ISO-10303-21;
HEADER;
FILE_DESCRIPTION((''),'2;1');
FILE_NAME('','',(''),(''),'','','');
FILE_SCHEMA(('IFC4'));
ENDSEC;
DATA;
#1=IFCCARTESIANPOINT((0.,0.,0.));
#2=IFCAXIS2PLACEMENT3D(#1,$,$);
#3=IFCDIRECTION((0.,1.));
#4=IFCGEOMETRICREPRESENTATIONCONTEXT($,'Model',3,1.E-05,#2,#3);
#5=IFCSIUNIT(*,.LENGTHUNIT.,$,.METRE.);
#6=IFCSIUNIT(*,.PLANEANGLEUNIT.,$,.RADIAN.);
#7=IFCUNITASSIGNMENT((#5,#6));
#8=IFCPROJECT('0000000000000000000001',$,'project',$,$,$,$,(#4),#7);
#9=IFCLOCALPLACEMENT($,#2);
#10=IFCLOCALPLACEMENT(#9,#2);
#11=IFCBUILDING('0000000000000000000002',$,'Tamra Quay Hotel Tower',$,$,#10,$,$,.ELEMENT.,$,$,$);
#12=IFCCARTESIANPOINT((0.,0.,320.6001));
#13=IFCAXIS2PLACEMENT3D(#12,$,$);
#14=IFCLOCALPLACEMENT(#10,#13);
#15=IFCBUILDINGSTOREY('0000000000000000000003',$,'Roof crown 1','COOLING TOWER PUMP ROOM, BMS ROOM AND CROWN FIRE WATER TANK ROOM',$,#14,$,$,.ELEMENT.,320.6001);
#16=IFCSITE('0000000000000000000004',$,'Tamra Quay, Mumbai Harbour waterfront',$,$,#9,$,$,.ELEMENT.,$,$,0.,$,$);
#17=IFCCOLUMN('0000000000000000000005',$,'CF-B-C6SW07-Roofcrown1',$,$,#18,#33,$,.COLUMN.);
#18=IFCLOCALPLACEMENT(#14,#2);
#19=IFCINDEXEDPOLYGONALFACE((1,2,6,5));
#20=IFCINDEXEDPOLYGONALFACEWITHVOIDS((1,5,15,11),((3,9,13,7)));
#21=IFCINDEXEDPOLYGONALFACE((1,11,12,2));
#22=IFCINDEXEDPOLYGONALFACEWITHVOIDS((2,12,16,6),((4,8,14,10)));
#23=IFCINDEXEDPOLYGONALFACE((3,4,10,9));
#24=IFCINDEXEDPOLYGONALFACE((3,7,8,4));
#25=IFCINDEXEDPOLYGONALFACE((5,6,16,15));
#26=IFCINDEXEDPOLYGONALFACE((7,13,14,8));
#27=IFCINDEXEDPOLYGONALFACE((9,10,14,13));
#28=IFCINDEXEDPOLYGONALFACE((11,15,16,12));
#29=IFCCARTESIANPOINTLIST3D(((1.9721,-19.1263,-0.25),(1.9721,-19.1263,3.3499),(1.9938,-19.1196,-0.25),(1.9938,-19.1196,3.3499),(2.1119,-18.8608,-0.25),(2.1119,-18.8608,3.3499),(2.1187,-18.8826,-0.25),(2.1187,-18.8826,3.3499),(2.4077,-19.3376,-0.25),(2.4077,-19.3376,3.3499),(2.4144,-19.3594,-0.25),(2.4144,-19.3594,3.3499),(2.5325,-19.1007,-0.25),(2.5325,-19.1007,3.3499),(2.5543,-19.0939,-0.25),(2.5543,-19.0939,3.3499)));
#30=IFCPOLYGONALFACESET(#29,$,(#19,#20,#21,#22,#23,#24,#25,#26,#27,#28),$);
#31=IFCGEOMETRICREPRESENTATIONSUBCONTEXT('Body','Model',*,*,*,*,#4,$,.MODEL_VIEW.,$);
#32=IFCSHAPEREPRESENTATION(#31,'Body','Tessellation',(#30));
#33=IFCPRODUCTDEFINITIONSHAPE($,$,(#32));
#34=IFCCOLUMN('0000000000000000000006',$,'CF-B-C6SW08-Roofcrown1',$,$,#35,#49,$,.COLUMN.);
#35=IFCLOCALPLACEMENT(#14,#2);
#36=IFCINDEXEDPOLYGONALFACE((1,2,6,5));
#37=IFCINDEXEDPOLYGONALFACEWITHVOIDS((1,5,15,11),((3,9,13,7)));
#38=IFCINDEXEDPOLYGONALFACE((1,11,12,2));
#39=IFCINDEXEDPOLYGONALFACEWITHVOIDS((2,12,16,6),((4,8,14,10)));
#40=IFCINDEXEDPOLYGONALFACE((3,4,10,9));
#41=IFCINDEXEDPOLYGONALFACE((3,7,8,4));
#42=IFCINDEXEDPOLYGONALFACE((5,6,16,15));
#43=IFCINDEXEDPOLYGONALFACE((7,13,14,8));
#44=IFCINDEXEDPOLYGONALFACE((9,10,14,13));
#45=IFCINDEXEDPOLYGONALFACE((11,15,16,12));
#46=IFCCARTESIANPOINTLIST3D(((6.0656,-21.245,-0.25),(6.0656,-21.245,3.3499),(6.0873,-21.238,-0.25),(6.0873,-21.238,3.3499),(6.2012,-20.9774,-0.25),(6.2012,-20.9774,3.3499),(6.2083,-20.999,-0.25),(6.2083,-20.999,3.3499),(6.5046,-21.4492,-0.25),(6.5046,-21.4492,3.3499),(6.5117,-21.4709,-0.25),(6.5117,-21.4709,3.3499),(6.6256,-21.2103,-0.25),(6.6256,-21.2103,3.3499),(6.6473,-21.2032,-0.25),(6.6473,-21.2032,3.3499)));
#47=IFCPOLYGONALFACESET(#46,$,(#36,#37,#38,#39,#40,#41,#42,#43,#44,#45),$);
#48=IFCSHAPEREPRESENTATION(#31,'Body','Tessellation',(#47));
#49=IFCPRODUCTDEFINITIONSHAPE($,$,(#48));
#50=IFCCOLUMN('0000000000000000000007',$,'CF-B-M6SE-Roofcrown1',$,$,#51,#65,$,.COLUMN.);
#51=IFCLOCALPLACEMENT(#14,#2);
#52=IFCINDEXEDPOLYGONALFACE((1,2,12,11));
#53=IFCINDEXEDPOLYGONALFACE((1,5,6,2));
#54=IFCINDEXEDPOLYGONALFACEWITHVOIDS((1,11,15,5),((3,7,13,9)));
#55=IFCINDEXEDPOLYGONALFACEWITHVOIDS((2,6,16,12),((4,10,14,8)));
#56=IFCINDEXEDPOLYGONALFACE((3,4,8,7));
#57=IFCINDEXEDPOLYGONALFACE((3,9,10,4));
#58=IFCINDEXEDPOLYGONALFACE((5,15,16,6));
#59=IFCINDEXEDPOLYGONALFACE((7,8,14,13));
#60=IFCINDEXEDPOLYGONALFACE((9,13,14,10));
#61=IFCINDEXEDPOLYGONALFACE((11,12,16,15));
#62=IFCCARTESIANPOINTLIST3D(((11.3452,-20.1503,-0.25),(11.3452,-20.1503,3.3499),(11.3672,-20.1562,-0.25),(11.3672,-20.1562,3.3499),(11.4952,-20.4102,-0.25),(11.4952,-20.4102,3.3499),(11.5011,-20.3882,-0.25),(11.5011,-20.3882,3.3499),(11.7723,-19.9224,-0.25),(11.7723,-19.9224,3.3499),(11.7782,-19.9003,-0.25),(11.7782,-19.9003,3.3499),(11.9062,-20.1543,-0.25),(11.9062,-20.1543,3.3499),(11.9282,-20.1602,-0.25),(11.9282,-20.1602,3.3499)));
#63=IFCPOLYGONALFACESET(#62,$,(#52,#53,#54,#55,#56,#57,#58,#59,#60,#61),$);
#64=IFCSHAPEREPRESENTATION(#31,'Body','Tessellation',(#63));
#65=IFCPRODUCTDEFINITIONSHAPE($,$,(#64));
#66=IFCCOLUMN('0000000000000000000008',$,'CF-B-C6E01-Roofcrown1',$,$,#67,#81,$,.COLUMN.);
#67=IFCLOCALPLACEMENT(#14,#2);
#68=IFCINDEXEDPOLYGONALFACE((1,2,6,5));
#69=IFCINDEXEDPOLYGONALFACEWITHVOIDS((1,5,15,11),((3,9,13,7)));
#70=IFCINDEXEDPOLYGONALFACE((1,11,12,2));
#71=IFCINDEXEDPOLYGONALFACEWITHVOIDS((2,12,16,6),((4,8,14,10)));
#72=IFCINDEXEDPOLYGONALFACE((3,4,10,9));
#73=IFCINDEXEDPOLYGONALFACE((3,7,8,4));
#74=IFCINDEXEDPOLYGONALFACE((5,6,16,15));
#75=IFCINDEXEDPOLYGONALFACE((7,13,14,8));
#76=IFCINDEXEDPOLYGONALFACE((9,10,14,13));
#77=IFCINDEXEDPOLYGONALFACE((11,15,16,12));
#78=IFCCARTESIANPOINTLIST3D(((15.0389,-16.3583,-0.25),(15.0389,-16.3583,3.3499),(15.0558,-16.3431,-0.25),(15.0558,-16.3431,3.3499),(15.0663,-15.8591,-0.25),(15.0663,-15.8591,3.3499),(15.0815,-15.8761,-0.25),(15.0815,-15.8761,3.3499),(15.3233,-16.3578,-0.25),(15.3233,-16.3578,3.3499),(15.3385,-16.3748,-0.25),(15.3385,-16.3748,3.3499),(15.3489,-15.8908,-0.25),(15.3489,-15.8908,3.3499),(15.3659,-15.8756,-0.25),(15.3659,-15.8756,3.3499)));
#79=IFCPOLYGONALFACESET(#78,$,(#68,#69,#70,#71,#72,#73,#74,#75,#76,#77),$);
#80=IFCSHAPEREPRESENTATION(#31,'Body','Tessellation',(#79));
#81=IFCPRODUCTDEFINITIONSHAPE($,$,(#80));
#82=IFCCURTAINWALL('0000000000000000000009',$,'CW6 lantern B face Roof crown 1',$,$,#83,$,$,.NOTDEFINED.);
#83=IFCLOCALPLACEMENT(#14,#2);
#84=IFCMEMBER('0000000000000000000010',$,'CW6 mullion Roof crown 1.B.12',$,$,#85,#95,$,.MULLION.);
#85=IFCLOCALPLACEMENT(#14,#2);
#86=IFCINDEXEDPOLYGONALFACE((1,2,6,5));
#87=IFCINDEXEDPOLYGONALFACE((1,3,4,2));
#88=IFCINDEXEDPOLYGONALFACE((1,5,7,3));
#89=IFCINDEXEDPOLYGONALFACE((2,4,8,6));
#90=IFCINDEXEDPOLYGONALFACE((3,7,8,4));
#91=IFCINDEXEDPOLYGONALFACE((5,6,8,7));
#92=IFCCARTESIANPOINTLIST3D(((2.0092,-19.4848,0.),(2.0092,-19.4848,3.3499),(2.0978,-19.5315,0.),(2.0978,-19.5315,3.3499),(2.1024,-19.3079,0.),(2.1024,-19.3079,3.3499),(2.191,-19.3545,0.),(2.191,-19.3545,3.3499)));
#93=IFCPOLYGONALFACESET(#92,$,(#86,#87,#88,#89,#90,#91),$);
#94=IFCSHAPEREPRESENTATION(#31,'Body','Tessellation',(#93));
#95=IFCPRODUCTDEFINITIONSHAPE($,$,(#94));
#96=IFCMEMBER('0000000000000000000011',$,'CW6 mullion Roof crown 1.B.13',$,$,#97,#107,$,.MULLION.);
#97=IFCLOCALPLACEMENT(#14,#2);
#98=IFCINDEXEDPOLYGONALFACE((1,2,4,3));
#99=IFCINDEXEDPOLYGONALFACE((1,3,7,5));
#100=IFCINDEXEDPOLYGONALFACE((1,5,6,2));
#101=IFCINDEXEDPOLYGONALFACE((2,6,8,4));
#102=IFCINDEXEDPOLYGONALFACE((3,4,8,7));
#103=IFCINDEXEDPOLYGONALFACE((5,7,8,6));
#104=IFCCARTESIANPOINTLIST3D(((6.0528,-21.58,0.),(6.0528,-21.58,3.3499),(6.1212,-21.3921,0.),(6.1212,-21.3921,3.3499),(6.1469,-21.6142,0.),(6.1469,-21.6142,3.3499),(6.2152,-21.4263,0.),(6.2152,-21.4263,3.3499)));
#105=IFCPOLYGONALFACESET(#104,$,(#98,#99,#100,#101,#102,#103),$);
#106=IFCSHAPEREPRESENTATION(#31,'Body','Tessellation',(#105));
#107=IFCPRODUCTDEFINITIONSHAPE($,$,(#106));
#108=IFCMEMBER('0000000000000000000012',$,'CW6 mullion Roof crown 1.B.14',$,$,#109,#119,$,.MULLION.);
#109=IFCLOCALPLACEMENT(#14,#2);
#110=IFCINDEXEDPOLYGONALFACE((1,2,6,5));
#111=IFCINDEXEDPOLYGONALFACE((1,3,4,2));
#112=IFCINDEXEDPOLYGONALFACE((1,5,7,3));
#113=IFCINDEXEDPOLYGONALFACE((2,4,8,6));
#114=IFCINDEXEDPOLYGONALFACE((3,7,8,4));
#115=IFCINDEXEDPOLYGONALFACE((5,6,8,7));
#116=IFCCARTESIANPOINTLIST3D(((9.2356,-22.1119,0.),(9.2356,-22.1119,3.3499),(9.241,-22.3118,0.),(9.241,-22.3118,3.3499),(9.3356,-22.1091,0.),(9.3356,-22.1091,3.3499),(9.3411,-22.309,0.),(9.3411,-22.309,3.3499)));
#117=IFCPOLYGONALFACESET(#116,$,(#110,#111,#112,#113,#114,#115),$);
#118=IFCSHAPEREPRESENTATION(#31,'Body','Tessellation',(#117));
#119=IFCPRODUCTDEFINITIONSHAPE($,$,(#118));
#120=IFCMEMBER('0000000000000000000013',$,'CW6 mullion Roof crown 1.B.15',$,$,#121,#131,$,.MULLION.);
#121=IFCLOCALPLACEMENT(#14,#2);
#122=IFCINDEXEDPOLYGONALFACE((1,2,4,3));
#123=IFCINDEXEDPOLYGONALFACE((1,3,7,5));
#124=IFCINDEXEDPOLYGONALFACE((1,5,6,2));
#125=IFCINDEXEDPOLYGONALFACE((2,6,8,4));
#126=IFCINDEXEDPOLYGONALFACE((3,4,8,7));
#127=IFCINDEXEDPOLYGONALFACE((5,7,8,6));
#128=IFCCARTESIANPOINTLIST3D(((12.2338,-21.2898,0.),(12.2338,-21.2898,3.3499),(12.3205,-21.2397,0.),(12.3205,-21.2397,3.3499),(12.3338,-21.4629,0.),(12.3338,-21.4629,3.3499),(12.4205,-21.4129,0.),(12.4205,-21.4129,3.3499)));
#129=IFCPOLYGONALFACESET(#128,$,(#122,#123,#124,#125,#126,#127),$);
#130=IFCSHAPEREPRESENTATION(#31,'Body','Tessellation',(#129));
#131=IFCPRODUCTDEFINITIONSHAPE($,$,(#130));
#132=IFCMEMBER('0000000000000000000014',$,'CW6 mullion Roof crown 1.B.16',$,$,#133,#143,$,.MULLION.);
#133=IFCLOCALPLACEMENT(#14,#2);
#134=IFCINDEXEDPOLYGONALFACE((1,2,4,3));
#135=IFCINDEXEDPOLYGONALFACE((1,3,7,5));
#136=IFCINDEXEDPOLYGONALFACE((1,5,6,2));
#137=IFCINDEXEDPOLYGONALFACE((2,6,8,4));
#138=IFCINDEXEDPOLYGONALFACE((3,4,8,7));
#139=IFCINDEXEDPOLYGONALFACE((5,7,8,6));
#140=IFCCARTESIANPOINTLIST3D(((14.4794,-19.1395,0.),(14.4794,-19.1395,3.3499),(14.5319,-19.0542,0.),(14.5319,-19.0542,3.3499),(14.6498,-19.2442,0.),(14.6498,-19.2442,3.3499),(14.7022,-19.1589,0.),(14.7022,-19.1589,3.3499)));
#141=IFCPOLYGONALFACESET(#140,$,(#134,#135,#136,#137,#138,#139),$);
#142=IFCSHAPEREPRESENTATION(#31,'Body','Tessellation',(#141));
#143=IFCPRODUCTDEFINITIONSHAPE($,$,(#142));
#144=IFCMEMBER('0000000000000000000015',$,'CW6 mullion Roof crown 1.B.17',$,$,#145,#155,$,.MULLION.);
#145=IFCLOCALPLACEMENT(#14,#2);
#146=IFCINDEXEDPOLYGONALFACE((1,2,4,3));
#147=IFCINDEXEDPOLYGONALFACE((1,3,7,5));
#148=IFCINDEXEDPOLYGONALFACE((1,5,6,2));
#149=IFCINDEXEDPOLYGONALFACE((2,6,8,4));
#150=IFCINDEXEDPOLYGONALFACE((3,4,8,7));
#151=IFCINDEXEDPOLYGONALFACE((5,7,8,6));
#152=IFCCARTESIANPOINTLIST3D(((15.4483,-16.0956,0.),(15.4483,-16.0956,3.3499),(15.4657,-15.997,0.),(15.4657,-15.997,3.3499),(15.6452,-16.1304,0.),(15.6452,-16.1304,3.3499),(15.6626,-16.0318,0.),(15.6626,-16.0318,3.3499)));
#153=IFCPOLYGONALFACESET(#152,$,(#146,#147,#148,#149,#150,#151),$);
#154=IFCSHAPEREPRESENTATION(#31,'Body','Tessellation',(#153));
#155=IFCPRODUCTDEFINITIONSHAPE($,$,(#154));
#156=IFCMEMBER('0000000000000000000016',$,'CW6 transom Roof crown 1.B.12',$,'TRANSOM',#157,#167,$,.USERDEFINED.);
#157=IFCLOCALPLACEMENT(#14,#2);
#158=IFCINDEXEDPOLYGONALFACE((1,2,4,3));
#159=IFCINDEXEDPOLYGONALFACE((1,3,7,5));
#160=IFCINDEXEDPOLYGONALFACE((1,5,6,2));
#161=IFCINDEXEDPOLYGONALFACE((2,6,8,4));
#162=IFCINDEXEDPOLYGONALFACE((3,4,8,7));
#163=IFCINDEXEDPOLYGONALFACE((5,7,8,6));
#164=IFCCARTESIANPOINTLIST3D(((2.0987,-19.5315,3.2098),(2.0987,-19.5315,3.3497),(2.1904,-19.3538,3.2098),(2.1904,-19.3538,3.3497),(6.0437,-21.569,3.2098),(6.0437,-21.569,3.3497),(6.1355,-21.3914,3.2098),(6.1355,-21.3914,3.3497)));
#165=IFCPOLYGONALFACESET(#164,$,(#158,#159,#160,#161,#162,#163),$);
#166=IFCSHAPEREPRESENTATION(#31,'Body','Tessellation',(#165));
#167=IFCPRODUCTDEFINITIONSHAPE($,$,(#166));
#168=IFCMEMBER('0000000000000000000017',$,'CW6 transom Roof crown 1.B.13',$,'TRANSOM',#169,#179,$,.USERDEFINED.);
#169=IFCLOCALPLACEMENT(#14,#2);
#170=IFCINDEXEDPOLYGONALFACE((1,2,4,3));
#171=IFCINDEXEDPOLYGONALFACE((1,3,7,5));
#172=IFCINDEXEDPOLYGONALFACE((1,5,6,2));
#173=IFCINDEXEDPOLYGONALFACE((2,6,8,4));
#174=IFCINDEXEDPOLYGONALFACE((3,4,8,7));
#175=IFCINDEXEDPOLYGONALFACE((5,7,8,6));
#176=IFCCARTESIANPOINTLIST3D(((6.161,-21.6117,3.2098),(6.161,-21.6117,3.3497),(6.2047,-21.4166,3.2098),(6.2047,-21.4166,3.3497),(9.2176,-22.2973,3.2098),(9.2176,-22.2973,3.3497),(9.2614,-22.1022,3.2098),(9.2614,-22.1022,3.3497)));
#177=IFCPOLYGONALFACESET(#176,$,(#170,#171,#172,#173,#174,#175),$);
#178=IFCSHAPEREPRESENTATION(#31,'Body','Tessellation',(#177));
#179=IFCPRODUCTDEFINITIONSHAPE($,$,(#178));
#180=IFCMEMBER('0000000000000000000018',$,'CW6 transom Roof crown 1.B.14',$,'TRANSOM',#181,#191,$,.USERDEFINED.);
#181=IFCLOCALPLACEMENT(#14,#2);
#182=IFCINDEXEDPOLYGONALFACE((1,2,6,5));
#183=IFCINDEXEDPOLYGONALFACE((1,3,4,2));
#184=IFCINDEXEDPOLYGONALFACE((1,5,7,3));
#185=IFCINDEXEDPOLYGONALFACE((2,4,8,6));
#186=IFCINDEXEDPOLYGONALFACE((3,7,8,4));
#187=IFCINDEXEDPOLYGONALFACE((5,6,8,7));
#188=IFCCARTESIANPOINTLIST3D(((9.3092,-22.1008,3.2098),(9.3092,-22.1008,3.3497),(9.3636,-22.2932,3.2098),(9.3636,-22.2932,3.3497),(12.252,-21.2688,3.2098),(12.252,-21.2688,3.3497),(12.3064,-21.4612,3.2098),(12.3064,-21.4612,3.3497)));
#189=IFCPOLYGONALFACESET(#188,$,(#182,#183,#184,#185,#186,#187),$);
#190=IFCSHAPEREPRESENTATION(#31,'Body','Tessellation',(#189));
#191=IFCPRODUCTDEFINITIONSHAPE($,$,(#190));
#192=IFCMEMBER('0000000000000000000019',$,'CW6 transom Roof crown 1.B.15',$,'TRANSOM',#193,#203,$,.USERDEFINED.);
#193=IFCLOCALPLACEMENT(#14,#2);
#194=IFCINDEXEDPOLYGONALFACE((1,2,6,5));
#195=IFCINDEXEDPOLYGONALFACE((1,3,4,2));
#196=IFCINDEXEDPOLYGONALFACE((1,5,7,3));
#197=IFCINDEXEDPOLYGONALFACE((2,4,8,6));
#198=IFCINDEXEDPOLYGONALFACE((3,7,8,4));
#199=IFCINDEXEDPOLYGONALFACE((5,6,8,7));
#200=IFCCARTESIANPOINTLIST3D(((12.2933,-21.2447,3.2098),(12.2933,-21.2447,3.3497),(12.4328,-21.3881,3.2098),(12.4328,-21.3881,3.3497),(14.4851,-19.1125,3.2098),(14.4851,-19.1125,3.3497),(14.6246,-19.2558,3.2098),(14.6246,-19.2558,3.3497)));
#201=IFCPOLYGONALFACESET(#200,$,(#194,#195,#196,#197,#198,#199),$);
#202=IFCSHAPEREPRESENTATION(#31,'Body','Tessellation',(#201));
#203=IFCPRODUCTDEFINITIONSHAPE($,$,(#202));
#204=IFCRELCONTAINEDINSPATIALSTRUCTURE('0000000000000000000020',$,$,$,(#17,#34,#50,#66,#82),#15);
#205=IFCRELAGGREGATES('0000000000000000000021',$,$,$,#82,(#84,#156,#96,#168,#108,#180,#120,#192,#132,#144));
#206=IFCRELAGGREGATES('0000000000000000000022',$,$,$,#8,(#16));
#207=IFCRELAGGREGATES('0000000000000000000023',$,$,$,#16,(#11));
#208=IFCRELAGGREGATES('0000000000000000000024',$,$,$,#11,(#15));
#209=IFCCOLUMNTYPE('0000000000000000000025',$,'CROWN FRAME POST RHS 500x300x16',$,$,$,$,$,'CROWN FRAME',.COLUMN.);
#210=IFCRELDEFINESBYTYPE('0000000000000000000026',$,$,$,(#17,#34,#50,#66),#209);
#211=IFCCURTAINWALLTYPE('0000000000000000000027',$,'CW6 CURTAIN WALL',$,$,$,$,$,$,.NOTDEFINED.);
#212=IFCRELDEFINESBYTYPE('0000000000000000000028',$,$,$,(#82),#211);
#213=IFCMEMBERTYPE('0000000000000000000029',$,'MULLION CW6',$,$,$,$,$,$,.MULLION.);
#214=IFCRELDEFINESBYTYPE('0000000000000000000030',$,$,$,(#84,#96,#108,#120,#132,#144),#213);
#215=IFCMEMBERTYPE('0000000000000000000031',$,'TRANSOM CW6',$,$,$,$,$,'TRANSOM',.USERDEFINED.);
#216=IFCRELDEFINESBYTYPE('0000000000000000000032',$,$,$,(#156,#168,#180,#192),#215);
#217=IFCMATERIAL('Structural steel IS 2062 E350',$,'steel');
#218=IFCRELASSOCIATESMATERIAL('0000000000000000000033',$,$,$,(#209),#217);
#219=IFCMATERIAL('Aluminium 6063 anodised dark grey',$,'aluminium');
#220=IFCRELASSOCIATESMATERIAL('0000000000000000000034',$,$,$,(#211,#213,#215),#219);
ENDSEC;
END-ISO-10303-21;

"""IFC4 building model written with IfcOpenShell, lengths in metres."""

from ifc_helpers import new_model, si_unit, direction, frame, origin, origin_2d, place, context, subcontext, project, spatial, rectangle, hollow_rectangle, extrude, material, material_profile, profile_set, type_object, element, aggregate, save


model = new_model("IFC4")

# Units and contexts
model_context = context("Model", 3, precision=1e-05, world=origin(), true_north=direction((0.0, 1.0)))
body_context = subcontext(model_context, "Body", "Model", "MODEL_VIEW")
ifc_project = project(units=[si_unit("LENGTHUNIT", "METRE"), si_unit("PLANEANGLEUNIT", "RADIAN")], contexts=[model_context])

# Site, building, storey
site_placement = place(None, origin())
site = spatial("IfcSite", under=ifc_project, at=site_placement, Name="Tamra Quay, Mumbai Harbour waterfront", CompositionType="ELEMENT", RefElevation=0.0)
building_placement = place(site_placement, origin())
building = spatial("IfcBuilding", under=site, at=building_placement, Name="Tamra Quay Hotel Tower", CompositionType="ELEMENT")
storey_placement = place(building_placement, frame((0.0, 0.0, 320.6001)))
storey = spatial("IfcBuildingStorey", under=building, at=storey_placement, Name="Roof crown 1", Description="COOLING TOWER PUMP ROOM, BMS ROOM AND CROWN FIRE WATER TANK ROOM", CompositionType="ELEMENT", Elevation=320.6001)

# Columns
ifc_material_1 = material(Name="Structural steel IS 2062 E350", Category="steel")
ifc_material_profile_1 = material_profile(ifc_material_1, hollow_rectangle(XDim=0.3, YDim=0.5, WallThickness=0.0161, at=origin_2d()), Name="RHS 500x300x16")
ifc_profile_set_1 = profile_set([ifc_material_profile_1], Name="Structural steel IS 2062 E350")
column_type = type_object("IfcColumnType", Name="CROWN FRAME POST RHS 500x300x16", ElementType="CROWN FRAME", PredefinedType="COLUMN", material=ifc_profile_set_1)
for number, where, z_axis, x_axis, name in (
    (1, (2.2632, -19.1101, -0.25), (0.0, 0.0, 1.0), (0.466118, 0.884723, 0.0), "CF-B-C6SW07-Roofcrown1"),
    (2, (6.3564, -21.2241, -0.25), (0.0, 0.0, 1.0), (0.451686, 0.892177, 0.0), "CF-B-C6SW08-Roofcrown1"),
    (3, (11.6367, -20.1553, -0.25), (0.0, 0.0, 1.0), (-0.5, 0.866025, 0.0), "CF-B-M6SE-Roofcrown1"),
    (4, (15.2024, -16.1169, -0.25), (0.0, 0.0, 1.0), (-0.998491, 0.054917, 0.0), "CF-B-C6E01-Roofcrown1"),
):
    element("IfcColumn", number, at=place(storey_placement, frame(where, z_axis=z_axis, x_axis=x_axis)), inside=storey, type_object=column_type, Name=name, PredefinedType="COLUMN", context=body_context, shape_type="SweptSolid", body=[
        extrude(hollow_rectangle(XDim=0.3, YDim=0.5, WallThickness=0.0161, at=origin_2d()), origin(), (0.0, 0.0, 1.0), 3.5999),
    ])

# Curtain wall, members
ifc_material_2 = material(Name="Aluminium 6063 anodised dark grey", Category="aluminium")
curtain_wall_type = type_object("IfcCurtainWallType", Name="CW6 CURTAIN WALL", PredefinedType="NOTDEFINED", material=ifc_material_2)
curtain_wall_placement = place(storey_placement, origin())
curtain_wall = element("IfcCurtainWall", 5, at=curtain_wall_placement, inside=storey, type_object=curtain_wall_type, Name="CW6 lantern B face Roof crown 1", PredefinedType="NOTDEFINED")
ifc_material_profile_2 = material_profile(ifc_material_2, rectangle(XDim=0.2, YDim=0.1001, at=origin_2d()), Name="MULLION 100X200")
ifc_profile_set_2 = profile_set([ifc_material_profile_2], Name="Aluminium 6063 anodised dark grey")
member_type_1 = type_object("IfcMemberType", Name="MULLION CW6", PredefinedType="MULLION", material=ifc_profile_set_2)
member_1_placement = place(storey_placement, frame((2.1001, -19.4197, 0.0), z_axis=(0.0, 0.0, 1.0), x_axis=(-0.465816, -0.884882, 0.0)))
member_1 = element("IfcMember", 6, at=member_1_placement, type_object=member_type_1, Name="CW6 mullion Roof crown 1.B.12", PredefinedType="MULLION", context=body_context, shape_type="SweptSolid", body=[
    extrude(rectangle(XDim=0.2, YDim=0.1001, at=origin_2d()), origin(), (0.0, 0.0, 1.0), 3.3499),
])
member_2_placement = place(storey_placement, frame((6.134, -21.5032, 0.0), z_axis=(0.0, 0.0, 1.0), x_axis=(-0.341653, -0.939826, 0.0)))
member_2 = element("IfcMember", 7, at=member_2_placement, type_object=member_type_1, Name="CW6 mullion Roof crown 1.B.13", PredefinedType="MULLION", context=body_context, shape_type="SweptSolid", body=[
    extrude(rectangle(XDim=0.2, YDim=0.1001, at=origin_2d()), origin(), (0.0, 0.0, 1.0), 3.3499),
])
member_3_placement = place(storey_placement, frame((9.2883, -22.2104, 0.0), z_axis=(0.0, 0.0, 1.0), x_axis=(0.027469, -0.999623, 0.0)))
member_3 = element("IfcMember", 8, at=member_3_placement, type_object=member_type_1, Name="CW6 mullion Roof crown 1.B.14", PredefinedType="MULLION", context=body_context, shape_type="SweptSolid", body=[
    extrude(rectangle(XDim=0.2, YDim=0.1001, at=origin_2d()), origin(), (0.0, 0.0, 1.0), 3.3499),
])
member_4_placement = place(storey_placement, frame((12.3271, -21.3513, 0.0), z_axis=(0.0, 0.0, 1.0), x_axis=(0.5, -0.866025, 0.0)))
member_4 = element("IfcMember", 9, at=member_4_placement, type_object=member_type_1, Name="CW6 mullion Roof crown 1.B.15", PredefinedType="MULLION", context=body_context, shape_type="SweptSolid", body=[
    extrude(rectangle(XDim=0.2, YDim=0.1001, at=origin_2d()), origin(), (0.0, 0.0, 1.0), 3.3499),
])
member_5_placement = place(storey_placement, frame((14.5908, -19.1492, 0.0), z_axis=(0.0, 0.0, 1.0), x_axis=(0.851964, -0.5236, 0.0)))
member_5 = element("IfcMember", 10, at=member_5_placement, type_object=member_type_1, Name="CW6 mullion Roof crown 1.B.16", PredefinedType="MULLION", context=body_context, shape_type="SweptSolid", body=[
    extrude(rectangle(XDim=0.2, YDim=0.1001, at=origin_2d()), origin(), (0.0, 0.0, 1.0), 3.3499),
])
member_6_placement = place(storey_placement, frame((15.5554, -16.0637, 0.0), z_axis=(0.0, 0.0, 1.0), x_axis=(0.98474, -0.174032, 0.0)))
member_6 = element("IfcMember", 11, at=member_6_placement, type_object=member_type_1, Name="CW6 mullion Roof crown 1.B.17", PredefinedType="MULLION", context=body_context, shape_type="SweptSolid", body=[
    extrude(rectangle(XDim=0.2, YDim=0.1001, at=origin_2d()), origin(), (0.0, 0.0, 1.0), 3.3499),
])
ifc_material_profile_3 = material_profile(ifc_material_2, rectangle(XDim=0.2, YDim=0.1399, at=origin_2d()), Name="TRANSOM 200X140")
ifc_profile_set_3 = profile_set([ifc_material_profile_3], Name="Aluminium 6063 anodised dark grey")
member_type_2 = type_object("IfcMemberType", Name="TRANSOM CW6", ElementType="TRANSOM", PredefinedType="USERDEFINED", material=ifc_profile_set_3)
member_7_placement = place(storey_placement, frame((2.1445, -19.4426, 3.2798), z_axis=(0.888489, -0.458898, 0.0), x_axis=(0.458898, 0.888489, 0.0)))
member_7 = element("IfcMember", 12, at=member_7_placement, type_object=member_type_2, Name="CW6 transom Roof crown 1.B.12", ObjectType="TRANSOM", PredefinedType="USERDEFINED", context=body_context, shape_type="SweptSolid", body=[
    extrude(rectangle(XDim=0.2, YDim=0.1399, at=origin_2d()), origin(), (0.0, 0.0, 1.0), 4.4402),
])
member_8_placement = place(storey_placement, frame((6.1829, -21.5142, 3.2798), z_axis=(0.97576, -0.218845, 0.0), x_axis=(0.218845, 0.97576, 0.0)))
member_8 = element("IfcMember", 13, at=member_8_placement, type_object=member_type_2, Name="CW6 transom Roof crown 1.B.13", ObjectType="TRANSOM", PredefinedType="USERDEFINED", context=body_context, shape_type="SweptSolid", body=[
    extrude(rectangle(XDim=0.2, YDim=0.1399, at=origin_2d()), origin(), (0.0, 0.0, 1.0), 3.1326),
])
member_9_placement = place(storey_placement, frame((9.3364, -22.197, 3.2798), z_axis=(0.962274, 0.272084, 0.0), x_axis=(-0.272084, 0.962274, 0.0)))
member_9 = element("IfcMember", 14, at=member_9_placement, type_object=member_type_2, Name="CW6 transom Roof crown 1.B.14", ObjectType="TRANSOM", PredefinedType="USERDEFINED", context=body_context, shape_type="SweptSolid", body=[
    extrude(rectangle(XDim=0.2, YDim=0.1399, at=origin_2d()), origin(), (0.0, 0.0, 1.0), 3.0581),
])
member_10_placement = place(storey_placement, frame((12.363, -21.3164, 3.2798), z_axis=(0.71678, 0.6973, 0.0), x_axis=(-0.6973, 0.71678, 0.0)))
member_10 = element("IfcMember", 15, at=member_10_placement, type_object=member_type_2, Name="CW6 transom Roof crown 1.B.15", ObjectType="TRANSOM", PredefinedType="USERDEFINED", context=body_context, shape_type="SweptSolid", body=[
    extrude(rectangle(XDim=0.2, YDim=0.1399, at=origin_2d()), origin(), (0.0, 0.0, 1.0), 3.0579),
])
aggregate(curtain_wall, [member_1, member_7, member_2, member_8, member_3, member_9, member_4, member_10, member_5, member_6])

save(model, "model.ifc")
